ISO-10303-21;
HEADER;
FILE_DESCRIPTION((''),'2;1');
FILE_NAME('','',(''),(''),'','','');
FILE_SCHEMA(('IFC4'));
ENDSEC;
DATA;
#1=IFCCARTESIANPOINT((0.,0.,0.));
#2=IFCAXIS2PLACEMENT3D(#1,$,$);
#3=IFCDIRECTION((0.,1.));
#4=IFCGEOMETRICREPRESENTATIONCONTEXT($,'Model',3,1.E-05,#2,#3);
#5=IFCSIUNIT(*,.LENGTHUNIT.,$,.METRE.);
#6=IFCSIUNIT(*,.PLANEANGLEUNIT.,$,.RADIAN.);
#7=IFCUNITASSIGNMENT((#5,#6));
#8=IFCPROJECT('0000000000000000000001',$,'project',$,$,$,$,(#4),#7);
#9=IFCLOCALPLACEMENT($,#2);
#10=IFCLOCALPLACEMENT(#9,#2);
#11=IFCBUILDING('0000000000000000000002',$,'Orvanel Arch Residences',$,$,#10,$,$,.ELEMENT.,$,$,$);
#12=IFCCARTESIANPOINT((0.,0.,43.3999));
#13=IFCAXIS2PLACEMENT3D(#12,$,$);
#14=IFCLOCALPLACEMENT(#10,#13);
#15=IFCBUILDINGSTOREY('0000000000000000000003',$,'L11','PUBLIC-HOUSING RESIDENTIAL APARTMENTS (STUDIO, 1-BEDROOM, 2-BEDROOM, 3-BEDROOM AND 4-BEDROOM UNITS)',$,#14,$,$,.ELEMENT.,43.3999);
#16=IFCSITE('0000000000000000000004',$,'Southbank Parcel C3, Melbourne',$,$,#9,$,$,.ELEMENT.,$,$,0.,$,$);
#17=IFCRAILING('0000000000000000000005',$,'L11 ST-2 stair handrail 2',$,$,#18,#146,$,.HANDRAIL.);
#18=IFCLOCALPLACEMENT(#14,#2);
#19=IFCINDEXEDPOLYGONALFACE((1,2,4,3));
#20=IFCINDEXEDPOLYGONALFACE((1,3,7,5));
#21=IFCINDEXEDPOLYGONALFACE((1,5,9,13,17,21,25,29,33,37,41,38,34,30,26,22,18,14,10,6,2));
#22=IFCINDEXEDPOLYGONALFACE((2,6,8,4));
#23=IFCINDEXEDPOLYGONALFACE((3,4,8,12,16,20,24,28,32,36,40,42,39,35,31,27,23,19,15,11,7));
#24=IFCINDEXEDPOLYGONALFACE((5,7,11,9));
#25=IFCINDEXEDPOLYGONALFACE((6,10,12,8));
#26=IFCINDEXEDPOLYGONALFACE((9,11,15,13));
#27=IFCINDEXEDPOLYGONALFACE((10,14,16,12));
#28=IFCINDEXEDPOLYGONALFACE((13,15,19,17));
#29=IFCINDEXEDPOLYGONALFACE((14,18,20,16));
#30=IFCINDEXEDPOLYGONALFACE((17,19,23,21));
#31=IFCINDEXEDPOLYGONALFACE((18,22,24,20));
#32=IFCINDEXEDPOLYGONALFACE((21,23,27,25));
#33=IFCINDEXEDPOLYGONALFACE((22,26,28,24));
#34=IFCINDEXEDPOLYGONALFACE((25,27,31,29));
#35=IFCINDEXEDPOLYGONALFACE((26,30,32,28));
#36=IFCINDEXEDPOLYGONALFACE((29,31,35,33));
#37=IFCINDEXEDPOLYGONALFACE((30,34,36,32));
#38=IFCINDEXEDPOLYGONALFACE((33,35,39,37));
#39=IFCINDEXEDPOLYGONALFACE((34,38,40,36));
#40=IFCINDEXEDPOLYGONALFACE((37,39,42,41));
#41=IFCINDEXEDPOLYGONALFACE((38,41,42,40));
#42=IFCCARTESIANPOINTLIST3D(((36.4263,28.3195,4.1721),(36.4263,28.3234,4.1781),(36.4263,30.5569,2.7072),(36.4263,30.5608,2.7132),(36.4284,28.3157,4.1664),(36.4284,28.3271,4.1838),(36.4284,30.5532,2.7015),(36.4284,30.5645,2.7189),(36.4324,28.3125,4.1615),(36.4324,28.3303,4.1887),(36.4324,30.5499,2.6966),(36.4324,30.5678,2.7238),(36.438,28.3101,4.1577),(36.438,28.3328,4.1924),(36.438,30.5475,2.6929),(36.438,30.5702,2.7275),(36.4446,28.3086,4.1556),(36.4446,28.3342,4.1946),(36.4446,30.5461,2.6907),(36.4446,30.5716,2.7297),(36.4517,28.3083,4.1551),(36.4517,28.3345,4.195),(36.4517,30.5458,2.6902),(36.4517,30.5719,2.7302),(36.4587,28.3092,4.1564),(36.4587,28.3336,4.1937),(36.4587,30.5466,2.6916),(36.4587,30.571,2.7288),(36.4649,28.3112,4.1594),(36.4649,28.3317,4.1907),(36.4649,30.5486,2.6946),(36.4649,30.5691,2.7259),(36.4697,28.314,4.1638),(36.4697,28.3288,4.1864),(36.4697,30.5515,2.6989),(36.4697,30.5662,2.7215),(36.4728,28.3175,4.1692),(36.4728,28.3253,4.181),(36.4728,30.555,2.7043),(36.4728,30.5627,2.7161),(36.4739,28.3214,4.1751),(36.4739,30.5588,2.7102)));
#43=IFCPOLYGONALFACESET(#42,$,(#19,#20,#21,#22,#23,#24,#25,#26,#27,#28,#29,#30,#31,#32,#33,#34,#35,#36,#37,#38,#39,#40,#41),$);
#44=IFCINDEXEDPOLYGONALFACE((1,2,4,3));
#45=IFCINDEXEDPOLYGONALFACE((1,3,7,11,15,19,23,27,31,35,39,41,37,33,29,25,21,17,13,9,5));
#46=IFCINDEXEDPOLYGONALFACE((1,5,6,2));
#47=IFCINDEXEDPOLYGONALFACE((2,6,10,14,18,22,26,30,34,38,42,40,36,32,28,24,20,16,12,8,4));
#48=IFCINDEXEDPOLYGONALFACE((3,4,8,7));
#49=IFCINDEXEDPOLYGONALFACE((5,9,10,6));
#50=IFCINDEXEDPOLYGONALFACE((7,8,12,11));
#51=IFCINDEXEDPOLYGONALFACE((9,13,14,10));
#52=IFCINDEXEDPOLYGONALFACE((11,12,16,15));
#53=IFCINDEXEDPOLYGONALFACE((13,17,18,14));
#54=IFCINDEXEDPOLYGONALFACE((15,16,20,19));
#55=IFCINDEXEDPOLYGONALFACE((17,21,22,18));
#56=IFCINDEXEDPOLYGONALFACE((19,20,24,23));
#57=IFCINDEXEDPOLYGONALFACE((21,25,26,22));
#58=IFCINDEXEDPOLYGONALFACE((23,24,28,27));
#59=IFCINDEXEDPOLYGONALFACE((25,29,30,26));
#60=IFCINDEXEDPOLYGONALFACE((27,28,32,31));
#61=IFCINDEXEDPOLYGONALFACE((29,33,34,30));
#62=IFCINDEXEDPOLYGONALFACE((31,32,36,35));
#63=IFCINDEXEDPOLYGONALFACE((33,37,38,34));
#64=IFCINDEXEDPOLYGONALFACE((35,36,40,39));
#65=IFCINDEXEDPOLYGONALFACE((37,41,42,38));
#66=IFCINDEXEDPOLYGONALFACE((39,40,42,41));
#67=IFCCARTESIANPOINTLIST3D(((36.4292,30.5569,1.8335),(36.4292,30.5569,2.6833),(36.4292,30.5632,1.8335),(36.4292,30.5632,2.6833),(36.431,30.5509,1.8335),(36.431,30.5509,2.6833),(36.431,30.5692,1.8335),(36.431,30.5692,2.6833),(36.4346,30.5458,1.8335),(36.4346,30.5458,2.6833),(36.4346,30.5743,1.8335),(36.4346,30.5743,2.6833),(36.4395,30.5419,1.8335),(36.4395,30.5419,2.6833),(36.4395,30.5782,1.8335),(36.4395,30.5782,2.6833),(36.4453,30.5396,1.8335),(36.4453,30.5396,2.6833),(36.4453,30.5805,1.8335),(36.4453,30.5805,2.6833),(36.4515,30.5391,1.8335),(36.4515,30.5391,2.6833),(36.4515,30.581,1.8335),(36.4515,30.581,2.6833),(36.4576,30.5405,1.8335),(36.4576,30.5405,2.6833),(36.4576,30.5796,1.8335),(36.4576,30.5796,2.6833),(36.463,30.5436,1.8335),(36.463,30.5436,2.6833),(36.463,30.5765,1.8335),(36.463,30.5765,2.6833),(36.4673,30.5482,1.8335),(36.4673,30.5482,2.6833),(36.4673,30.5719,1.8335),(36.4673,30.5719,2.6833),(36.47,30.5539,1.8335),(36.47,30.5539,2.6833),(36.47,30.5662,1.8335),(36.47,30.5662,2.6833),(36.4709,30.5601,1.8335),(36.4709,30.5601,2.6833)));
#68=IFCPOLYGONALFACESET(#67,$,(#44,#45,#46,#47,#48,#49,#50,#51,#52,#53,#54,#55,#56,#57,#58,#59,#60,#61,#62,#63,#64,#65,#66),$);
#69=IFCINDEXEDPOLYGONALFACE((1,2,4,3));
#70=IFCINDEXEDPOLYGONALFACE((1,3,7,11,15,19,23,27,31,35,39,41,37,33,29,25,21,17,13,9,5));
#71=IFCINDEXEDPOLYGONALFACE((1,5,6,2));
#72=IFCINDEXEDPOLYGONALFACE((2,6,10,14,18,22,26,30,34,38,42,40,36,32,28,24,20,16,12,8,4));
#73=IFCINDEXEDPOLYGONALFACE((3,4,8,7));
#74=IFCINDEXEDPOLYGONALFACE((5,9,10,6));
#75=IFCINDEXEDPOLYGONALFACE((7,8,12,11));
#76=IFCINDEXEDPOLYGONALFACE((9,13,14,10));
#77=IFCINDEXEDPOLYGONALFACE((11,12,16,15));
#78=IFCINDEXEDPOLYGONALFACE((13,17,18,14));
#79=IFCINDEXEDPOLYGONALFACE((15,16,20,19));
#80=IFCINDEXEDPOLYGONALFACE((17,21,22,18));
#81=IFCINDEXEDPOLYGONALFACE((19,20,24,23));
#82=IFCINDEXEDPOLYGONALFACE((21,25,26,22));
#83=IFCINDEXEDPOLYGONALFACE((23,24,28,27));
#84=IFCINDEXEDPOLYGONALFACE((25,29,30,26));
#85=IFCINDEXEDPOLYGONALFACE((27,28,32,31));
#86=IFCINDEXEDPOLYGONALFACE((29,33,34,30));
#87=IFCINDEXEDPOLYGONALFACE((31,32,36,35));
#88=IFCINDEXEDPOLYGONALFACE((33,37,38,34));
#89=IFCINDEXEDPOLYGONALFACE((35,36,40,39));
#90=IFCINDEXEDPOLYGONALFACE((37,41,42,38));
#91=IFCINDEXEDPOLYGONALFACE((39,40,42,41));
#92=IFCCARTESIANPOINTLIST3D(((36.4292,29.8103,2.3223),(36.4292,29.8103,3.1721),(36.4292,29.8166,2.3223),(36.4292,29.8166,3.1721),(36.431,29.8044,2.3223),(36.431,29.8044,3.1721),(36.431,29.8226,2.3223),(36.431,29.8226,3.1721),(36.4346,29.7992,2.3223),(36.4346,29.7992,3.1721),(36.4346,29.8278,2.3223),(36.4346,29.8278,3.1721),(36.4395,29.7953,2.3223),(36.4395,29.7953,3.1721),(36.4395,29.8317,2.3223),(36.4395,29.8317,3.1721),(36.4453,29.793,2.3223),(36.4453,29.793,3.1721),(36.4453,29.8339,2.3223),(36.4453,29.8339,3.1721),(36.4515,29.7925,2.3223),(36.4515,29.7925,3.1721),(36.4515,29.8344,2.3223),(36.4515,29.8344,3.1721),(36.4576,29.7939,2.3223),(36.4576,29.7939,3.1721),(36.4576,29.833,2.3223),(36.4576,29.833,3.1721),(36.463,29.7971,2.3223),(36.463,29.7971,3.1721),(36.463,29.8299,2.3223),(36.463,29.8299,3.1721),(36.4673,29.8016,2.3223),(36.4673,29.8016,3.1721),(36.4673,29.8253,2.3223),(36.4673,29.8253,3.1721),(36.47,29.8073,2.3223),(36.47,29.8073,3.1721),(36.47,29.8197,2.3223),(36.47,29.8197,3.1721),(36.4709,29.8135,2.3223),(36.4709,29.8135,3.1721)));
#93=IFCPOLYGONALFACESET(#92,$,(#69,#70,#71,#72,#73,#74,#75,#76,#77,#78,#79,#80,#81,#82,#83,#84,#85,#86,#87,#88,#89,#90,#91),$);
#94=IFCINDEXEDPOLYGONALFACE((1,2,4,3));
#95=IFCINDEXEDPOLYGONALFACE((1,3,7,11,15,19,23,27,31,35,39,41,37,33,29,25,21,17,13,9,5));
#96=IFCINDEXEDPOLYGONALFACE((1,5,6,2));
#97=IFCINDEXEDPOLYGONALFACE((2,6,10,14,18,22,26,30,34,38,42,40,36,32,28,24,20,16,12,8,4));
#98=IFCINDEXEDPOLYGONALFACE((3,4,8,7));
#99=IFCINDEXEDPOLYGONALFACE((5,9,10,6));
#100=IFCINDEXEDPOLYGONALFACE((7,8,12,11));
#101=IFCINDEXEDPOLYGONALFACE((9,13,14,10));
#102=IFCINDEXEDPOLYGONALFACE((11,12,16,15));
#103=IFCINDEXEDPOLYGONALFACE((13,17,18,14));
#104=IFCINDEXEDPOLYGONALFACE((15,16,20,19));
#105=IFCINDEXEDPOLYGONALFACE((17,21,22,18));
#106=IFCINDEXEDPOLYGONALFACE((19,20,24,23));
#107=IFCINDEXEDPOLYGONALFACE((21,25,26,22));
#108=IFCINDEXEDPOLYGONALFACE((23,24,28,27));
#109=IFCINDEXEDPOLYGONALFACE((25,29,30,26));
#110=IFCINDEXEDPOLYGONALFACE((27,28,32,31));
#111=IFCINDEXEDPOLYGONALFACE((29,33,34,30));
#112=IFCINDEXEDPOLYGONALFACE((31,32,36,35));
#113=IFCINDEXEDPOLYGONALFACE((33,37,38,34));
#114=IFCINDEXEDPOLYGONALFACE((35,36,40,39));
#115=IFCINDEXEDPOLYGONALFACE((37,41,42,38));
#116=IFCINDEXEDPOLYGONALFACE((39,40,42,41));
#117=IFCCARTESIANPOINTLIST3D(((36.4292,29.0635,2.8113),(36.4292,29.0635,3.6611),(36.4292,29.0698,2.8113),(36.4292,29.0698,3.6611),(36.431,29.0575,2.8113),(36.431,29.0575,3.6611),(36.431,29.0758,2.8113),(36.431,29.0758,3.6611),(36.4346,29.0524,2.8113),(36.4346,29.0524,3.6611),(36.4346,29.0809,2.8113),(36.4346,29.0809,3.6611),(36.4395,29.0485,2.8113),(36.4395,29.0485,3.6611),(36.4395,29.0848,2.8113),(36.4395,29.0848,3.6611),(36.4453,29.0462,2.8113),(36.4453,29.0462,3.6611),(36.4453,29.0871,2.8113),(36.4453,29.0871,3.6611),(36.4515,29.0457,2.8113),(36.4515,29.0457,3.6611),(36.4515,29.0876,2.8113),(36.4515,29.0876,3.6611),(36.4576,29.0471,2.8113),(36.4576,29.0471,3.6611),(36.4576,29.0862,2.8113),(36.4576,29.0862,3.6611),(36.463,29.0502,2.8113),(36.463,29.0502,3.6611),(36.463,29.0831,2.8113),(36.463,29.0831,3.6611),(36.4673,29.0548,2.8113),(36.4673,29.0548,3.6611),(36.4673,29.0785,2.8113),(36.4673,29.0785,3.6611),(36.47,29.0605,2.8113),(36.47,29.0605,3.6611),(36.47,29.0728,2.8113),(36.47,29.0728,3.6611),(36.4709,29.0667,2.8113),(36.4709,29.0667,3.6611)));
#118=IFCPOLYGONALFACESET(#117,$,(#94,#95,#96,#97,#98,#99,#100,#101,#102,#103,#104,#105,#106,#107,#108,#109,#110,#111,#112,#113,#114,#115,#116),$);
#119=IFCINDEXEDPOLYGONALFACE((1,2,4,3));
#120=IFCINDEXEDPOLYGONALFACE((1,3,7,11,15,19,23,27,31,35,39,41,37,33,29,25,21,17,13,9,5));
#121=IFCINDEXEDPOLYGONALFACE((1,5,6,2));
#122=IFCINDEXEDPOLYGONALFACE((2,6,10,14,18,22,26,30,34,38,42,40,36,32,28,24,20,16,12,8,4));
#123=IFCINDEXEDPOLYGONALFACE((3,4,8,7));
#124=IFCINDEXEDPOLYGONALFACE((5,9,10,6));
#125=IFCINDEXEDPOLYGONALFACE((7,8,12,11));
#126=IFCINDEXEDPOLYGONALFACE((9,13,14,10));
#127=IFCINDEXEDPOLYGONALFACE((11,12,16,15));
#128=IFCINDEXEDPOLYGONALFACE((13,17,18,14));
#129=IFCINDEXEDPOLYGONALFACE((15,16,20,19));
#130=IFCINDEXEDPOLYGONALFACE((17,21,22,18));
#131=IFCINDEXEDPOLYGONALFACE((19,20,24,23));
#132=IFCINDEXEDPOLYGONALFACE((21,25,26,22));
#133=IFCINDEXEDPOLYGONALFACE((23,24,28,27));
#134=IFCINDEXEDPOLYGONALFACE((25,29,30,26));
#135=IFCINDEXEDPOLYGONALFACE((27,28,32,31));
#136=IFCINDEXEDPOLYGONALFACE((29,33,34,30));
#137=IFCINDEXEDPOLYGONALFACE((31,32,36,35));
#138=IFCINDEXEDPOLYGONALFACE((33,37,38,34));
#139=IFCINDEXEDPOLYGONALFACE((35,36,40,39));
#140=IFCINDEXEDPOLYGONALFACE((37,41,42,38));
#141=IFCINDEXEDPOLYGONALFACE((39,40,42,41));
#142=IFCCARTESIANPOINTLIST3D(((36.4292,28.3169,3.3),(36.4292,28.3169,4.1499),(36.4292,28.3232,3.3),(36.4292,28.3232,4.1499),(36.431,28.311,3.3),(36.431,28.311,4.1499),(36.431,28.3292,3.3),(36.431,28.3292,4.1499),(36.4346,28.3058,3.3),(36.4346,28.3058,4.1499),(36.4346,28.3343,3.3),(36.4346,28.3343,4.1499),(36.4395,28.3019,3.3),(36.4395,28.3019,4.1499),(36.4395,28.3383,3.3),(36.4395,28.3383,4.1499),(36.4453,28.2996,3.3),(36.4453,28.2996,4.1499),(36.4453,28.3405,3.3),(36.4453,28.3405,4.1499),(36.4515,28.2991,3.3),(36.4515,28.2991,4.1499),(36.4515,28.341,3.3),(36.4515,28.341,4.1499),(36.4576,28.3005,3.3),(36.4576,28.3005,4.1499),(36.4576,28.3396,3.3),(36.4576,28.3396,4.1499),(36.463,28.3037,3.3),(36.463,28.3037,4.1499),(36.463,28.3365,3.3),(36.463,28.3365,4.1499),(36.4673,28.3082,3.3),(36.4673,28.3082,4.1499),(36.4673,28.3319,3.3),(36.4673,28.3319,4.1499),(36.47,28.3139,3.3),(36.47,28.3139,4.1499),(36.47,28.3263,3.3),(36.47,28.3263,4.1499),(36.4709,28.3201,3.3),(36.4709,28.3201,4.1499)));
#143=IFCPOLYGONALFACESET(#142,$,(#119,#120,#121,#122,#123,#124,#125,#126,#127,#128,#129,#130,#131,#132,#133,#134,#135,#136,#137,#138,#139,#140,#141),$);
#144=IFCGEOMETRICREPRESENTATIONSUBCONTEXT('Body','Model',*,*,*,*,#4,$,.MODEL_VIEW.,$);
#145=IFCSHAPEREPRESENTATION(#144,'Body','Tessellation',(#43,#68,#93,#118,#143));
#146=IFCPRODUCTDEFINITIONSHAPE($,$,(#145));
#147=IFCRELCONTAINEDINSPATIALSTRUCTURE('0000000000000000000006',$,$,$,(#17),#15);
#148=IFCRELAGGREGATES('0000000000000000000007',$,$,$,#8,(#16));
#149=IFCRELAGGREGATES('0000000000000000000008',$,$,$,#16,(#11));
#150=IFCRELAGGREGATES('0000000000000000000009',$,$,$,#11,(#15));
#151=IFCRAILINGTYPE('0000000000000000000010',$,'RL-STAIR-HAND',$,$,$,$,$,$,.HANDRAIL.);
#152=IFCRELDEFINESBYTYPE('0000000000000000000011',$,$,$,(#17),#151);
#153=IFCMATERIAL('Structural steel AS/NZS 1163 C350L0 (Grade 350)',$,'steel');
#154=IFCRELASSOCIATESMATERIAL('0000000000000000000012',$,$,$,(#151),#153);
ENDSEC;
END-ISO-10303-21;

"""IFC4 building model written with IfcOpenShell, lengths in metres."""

from ifc_helpers import new_model, si_unit, direction, frame, origin, origin_2d, place, context, subcontext, project, spatial, circle, extrude, material, type_object, element, save


model = new_model("IFC4")

# Units and contexts
model_context = context("Model", 3, precision=1e-05, world=origin(), true_north=direction((0.0, 1.0)))
body_context = subcontext(model_context, "Body", "Model", "MODEL_VIEW")
ifc_project = project(units=[si_unit("LENGTHUNIT", "METRE"), si_unit("PLANEANGLEUNIT", "RADIAN")], contexts=[model_context])

# Site, building, storey
site_placement = place(None, origin())
site = spatial("IfcSite", under=ifc_project, at=site_placement, Name="Southbank Parcel C3, Melbourne", CompositionType="ELEMENT", RefElevation=0.0)
building_placement = place(site_placement, origin())
building = spatial("IfcBuilding", under=site, at=building_placement, Name="Orvanel Arch Residences", CompositionType="ELEMENT")
storey_placement = place(building_placement, frame((0.0, 0.0, 43.3999)))
storey = spatial("IfcBuildingStorey", under=building, at=storey_placement, Name="L11", Description="PUBLIC-HOUSING RESIDENTIAL APARTMENTS (STUDIO, 1-BEDROOM, 2-BEDROOM, 3-BEDROOM AND 4-BEDROOM UNITS)", CompositionType="ELEMENT", Elevation=43.3999)

# Railing
ifc_material_1 = material(Name="Structural steel AS/NZS 1163 C350L0 (Grade 350)", Category="steel")
railing_type_1 = type_object("IfcRailingType", Name="RL-STAIR-HAND", PredefinedType="HANDRAIL", material=ifc_material_1)
railing_1_placement = place(storey_placement, frame((36.45, 30.5601, 1.8335)))
element("IfcRailing", 1, at=railing_1_placement, inside=storey, type_object=railing_type_1, Name="L11 ST-2 stair handrail 2", PredefinedType="HANDRAIL", context=body_context, shape_type="SweptSolid", body=[
    extrude(circle(Radius=0.0239, at=origin_2d()), frame((0.0, -0.0012, 0.8767), z_axis=(0.0, -0.836637, 0.547758), x_axis=(1.0, 0.0, 0.0)), (0.0, 0.0, 1.0), 2.6743),
    extrude(circle(Radius=0.021, at=origin_2d()), origin(), (0.0, 0.0, 1.0), 0.8499),
    extrude(circle(Radius=0.021, at=origin_2d()), frame((0.0, -0.7466, 0.4888)), (0.0, 0.0, 1.0), 0.8499),
    extrude(circle(Radius=0.021, at=origin_2d()), frame((0.0, -1.4934, 0.9778)), (0.0, 0.0, 1.0), 0.8499),
    extrude(circle(Radius=0.021, at=origin_2d()), frame((0.0, -2.24, 1.4666)), (0.0, 0.0, 1.0), 0.8499),
])

save(model, "model.ifc")
